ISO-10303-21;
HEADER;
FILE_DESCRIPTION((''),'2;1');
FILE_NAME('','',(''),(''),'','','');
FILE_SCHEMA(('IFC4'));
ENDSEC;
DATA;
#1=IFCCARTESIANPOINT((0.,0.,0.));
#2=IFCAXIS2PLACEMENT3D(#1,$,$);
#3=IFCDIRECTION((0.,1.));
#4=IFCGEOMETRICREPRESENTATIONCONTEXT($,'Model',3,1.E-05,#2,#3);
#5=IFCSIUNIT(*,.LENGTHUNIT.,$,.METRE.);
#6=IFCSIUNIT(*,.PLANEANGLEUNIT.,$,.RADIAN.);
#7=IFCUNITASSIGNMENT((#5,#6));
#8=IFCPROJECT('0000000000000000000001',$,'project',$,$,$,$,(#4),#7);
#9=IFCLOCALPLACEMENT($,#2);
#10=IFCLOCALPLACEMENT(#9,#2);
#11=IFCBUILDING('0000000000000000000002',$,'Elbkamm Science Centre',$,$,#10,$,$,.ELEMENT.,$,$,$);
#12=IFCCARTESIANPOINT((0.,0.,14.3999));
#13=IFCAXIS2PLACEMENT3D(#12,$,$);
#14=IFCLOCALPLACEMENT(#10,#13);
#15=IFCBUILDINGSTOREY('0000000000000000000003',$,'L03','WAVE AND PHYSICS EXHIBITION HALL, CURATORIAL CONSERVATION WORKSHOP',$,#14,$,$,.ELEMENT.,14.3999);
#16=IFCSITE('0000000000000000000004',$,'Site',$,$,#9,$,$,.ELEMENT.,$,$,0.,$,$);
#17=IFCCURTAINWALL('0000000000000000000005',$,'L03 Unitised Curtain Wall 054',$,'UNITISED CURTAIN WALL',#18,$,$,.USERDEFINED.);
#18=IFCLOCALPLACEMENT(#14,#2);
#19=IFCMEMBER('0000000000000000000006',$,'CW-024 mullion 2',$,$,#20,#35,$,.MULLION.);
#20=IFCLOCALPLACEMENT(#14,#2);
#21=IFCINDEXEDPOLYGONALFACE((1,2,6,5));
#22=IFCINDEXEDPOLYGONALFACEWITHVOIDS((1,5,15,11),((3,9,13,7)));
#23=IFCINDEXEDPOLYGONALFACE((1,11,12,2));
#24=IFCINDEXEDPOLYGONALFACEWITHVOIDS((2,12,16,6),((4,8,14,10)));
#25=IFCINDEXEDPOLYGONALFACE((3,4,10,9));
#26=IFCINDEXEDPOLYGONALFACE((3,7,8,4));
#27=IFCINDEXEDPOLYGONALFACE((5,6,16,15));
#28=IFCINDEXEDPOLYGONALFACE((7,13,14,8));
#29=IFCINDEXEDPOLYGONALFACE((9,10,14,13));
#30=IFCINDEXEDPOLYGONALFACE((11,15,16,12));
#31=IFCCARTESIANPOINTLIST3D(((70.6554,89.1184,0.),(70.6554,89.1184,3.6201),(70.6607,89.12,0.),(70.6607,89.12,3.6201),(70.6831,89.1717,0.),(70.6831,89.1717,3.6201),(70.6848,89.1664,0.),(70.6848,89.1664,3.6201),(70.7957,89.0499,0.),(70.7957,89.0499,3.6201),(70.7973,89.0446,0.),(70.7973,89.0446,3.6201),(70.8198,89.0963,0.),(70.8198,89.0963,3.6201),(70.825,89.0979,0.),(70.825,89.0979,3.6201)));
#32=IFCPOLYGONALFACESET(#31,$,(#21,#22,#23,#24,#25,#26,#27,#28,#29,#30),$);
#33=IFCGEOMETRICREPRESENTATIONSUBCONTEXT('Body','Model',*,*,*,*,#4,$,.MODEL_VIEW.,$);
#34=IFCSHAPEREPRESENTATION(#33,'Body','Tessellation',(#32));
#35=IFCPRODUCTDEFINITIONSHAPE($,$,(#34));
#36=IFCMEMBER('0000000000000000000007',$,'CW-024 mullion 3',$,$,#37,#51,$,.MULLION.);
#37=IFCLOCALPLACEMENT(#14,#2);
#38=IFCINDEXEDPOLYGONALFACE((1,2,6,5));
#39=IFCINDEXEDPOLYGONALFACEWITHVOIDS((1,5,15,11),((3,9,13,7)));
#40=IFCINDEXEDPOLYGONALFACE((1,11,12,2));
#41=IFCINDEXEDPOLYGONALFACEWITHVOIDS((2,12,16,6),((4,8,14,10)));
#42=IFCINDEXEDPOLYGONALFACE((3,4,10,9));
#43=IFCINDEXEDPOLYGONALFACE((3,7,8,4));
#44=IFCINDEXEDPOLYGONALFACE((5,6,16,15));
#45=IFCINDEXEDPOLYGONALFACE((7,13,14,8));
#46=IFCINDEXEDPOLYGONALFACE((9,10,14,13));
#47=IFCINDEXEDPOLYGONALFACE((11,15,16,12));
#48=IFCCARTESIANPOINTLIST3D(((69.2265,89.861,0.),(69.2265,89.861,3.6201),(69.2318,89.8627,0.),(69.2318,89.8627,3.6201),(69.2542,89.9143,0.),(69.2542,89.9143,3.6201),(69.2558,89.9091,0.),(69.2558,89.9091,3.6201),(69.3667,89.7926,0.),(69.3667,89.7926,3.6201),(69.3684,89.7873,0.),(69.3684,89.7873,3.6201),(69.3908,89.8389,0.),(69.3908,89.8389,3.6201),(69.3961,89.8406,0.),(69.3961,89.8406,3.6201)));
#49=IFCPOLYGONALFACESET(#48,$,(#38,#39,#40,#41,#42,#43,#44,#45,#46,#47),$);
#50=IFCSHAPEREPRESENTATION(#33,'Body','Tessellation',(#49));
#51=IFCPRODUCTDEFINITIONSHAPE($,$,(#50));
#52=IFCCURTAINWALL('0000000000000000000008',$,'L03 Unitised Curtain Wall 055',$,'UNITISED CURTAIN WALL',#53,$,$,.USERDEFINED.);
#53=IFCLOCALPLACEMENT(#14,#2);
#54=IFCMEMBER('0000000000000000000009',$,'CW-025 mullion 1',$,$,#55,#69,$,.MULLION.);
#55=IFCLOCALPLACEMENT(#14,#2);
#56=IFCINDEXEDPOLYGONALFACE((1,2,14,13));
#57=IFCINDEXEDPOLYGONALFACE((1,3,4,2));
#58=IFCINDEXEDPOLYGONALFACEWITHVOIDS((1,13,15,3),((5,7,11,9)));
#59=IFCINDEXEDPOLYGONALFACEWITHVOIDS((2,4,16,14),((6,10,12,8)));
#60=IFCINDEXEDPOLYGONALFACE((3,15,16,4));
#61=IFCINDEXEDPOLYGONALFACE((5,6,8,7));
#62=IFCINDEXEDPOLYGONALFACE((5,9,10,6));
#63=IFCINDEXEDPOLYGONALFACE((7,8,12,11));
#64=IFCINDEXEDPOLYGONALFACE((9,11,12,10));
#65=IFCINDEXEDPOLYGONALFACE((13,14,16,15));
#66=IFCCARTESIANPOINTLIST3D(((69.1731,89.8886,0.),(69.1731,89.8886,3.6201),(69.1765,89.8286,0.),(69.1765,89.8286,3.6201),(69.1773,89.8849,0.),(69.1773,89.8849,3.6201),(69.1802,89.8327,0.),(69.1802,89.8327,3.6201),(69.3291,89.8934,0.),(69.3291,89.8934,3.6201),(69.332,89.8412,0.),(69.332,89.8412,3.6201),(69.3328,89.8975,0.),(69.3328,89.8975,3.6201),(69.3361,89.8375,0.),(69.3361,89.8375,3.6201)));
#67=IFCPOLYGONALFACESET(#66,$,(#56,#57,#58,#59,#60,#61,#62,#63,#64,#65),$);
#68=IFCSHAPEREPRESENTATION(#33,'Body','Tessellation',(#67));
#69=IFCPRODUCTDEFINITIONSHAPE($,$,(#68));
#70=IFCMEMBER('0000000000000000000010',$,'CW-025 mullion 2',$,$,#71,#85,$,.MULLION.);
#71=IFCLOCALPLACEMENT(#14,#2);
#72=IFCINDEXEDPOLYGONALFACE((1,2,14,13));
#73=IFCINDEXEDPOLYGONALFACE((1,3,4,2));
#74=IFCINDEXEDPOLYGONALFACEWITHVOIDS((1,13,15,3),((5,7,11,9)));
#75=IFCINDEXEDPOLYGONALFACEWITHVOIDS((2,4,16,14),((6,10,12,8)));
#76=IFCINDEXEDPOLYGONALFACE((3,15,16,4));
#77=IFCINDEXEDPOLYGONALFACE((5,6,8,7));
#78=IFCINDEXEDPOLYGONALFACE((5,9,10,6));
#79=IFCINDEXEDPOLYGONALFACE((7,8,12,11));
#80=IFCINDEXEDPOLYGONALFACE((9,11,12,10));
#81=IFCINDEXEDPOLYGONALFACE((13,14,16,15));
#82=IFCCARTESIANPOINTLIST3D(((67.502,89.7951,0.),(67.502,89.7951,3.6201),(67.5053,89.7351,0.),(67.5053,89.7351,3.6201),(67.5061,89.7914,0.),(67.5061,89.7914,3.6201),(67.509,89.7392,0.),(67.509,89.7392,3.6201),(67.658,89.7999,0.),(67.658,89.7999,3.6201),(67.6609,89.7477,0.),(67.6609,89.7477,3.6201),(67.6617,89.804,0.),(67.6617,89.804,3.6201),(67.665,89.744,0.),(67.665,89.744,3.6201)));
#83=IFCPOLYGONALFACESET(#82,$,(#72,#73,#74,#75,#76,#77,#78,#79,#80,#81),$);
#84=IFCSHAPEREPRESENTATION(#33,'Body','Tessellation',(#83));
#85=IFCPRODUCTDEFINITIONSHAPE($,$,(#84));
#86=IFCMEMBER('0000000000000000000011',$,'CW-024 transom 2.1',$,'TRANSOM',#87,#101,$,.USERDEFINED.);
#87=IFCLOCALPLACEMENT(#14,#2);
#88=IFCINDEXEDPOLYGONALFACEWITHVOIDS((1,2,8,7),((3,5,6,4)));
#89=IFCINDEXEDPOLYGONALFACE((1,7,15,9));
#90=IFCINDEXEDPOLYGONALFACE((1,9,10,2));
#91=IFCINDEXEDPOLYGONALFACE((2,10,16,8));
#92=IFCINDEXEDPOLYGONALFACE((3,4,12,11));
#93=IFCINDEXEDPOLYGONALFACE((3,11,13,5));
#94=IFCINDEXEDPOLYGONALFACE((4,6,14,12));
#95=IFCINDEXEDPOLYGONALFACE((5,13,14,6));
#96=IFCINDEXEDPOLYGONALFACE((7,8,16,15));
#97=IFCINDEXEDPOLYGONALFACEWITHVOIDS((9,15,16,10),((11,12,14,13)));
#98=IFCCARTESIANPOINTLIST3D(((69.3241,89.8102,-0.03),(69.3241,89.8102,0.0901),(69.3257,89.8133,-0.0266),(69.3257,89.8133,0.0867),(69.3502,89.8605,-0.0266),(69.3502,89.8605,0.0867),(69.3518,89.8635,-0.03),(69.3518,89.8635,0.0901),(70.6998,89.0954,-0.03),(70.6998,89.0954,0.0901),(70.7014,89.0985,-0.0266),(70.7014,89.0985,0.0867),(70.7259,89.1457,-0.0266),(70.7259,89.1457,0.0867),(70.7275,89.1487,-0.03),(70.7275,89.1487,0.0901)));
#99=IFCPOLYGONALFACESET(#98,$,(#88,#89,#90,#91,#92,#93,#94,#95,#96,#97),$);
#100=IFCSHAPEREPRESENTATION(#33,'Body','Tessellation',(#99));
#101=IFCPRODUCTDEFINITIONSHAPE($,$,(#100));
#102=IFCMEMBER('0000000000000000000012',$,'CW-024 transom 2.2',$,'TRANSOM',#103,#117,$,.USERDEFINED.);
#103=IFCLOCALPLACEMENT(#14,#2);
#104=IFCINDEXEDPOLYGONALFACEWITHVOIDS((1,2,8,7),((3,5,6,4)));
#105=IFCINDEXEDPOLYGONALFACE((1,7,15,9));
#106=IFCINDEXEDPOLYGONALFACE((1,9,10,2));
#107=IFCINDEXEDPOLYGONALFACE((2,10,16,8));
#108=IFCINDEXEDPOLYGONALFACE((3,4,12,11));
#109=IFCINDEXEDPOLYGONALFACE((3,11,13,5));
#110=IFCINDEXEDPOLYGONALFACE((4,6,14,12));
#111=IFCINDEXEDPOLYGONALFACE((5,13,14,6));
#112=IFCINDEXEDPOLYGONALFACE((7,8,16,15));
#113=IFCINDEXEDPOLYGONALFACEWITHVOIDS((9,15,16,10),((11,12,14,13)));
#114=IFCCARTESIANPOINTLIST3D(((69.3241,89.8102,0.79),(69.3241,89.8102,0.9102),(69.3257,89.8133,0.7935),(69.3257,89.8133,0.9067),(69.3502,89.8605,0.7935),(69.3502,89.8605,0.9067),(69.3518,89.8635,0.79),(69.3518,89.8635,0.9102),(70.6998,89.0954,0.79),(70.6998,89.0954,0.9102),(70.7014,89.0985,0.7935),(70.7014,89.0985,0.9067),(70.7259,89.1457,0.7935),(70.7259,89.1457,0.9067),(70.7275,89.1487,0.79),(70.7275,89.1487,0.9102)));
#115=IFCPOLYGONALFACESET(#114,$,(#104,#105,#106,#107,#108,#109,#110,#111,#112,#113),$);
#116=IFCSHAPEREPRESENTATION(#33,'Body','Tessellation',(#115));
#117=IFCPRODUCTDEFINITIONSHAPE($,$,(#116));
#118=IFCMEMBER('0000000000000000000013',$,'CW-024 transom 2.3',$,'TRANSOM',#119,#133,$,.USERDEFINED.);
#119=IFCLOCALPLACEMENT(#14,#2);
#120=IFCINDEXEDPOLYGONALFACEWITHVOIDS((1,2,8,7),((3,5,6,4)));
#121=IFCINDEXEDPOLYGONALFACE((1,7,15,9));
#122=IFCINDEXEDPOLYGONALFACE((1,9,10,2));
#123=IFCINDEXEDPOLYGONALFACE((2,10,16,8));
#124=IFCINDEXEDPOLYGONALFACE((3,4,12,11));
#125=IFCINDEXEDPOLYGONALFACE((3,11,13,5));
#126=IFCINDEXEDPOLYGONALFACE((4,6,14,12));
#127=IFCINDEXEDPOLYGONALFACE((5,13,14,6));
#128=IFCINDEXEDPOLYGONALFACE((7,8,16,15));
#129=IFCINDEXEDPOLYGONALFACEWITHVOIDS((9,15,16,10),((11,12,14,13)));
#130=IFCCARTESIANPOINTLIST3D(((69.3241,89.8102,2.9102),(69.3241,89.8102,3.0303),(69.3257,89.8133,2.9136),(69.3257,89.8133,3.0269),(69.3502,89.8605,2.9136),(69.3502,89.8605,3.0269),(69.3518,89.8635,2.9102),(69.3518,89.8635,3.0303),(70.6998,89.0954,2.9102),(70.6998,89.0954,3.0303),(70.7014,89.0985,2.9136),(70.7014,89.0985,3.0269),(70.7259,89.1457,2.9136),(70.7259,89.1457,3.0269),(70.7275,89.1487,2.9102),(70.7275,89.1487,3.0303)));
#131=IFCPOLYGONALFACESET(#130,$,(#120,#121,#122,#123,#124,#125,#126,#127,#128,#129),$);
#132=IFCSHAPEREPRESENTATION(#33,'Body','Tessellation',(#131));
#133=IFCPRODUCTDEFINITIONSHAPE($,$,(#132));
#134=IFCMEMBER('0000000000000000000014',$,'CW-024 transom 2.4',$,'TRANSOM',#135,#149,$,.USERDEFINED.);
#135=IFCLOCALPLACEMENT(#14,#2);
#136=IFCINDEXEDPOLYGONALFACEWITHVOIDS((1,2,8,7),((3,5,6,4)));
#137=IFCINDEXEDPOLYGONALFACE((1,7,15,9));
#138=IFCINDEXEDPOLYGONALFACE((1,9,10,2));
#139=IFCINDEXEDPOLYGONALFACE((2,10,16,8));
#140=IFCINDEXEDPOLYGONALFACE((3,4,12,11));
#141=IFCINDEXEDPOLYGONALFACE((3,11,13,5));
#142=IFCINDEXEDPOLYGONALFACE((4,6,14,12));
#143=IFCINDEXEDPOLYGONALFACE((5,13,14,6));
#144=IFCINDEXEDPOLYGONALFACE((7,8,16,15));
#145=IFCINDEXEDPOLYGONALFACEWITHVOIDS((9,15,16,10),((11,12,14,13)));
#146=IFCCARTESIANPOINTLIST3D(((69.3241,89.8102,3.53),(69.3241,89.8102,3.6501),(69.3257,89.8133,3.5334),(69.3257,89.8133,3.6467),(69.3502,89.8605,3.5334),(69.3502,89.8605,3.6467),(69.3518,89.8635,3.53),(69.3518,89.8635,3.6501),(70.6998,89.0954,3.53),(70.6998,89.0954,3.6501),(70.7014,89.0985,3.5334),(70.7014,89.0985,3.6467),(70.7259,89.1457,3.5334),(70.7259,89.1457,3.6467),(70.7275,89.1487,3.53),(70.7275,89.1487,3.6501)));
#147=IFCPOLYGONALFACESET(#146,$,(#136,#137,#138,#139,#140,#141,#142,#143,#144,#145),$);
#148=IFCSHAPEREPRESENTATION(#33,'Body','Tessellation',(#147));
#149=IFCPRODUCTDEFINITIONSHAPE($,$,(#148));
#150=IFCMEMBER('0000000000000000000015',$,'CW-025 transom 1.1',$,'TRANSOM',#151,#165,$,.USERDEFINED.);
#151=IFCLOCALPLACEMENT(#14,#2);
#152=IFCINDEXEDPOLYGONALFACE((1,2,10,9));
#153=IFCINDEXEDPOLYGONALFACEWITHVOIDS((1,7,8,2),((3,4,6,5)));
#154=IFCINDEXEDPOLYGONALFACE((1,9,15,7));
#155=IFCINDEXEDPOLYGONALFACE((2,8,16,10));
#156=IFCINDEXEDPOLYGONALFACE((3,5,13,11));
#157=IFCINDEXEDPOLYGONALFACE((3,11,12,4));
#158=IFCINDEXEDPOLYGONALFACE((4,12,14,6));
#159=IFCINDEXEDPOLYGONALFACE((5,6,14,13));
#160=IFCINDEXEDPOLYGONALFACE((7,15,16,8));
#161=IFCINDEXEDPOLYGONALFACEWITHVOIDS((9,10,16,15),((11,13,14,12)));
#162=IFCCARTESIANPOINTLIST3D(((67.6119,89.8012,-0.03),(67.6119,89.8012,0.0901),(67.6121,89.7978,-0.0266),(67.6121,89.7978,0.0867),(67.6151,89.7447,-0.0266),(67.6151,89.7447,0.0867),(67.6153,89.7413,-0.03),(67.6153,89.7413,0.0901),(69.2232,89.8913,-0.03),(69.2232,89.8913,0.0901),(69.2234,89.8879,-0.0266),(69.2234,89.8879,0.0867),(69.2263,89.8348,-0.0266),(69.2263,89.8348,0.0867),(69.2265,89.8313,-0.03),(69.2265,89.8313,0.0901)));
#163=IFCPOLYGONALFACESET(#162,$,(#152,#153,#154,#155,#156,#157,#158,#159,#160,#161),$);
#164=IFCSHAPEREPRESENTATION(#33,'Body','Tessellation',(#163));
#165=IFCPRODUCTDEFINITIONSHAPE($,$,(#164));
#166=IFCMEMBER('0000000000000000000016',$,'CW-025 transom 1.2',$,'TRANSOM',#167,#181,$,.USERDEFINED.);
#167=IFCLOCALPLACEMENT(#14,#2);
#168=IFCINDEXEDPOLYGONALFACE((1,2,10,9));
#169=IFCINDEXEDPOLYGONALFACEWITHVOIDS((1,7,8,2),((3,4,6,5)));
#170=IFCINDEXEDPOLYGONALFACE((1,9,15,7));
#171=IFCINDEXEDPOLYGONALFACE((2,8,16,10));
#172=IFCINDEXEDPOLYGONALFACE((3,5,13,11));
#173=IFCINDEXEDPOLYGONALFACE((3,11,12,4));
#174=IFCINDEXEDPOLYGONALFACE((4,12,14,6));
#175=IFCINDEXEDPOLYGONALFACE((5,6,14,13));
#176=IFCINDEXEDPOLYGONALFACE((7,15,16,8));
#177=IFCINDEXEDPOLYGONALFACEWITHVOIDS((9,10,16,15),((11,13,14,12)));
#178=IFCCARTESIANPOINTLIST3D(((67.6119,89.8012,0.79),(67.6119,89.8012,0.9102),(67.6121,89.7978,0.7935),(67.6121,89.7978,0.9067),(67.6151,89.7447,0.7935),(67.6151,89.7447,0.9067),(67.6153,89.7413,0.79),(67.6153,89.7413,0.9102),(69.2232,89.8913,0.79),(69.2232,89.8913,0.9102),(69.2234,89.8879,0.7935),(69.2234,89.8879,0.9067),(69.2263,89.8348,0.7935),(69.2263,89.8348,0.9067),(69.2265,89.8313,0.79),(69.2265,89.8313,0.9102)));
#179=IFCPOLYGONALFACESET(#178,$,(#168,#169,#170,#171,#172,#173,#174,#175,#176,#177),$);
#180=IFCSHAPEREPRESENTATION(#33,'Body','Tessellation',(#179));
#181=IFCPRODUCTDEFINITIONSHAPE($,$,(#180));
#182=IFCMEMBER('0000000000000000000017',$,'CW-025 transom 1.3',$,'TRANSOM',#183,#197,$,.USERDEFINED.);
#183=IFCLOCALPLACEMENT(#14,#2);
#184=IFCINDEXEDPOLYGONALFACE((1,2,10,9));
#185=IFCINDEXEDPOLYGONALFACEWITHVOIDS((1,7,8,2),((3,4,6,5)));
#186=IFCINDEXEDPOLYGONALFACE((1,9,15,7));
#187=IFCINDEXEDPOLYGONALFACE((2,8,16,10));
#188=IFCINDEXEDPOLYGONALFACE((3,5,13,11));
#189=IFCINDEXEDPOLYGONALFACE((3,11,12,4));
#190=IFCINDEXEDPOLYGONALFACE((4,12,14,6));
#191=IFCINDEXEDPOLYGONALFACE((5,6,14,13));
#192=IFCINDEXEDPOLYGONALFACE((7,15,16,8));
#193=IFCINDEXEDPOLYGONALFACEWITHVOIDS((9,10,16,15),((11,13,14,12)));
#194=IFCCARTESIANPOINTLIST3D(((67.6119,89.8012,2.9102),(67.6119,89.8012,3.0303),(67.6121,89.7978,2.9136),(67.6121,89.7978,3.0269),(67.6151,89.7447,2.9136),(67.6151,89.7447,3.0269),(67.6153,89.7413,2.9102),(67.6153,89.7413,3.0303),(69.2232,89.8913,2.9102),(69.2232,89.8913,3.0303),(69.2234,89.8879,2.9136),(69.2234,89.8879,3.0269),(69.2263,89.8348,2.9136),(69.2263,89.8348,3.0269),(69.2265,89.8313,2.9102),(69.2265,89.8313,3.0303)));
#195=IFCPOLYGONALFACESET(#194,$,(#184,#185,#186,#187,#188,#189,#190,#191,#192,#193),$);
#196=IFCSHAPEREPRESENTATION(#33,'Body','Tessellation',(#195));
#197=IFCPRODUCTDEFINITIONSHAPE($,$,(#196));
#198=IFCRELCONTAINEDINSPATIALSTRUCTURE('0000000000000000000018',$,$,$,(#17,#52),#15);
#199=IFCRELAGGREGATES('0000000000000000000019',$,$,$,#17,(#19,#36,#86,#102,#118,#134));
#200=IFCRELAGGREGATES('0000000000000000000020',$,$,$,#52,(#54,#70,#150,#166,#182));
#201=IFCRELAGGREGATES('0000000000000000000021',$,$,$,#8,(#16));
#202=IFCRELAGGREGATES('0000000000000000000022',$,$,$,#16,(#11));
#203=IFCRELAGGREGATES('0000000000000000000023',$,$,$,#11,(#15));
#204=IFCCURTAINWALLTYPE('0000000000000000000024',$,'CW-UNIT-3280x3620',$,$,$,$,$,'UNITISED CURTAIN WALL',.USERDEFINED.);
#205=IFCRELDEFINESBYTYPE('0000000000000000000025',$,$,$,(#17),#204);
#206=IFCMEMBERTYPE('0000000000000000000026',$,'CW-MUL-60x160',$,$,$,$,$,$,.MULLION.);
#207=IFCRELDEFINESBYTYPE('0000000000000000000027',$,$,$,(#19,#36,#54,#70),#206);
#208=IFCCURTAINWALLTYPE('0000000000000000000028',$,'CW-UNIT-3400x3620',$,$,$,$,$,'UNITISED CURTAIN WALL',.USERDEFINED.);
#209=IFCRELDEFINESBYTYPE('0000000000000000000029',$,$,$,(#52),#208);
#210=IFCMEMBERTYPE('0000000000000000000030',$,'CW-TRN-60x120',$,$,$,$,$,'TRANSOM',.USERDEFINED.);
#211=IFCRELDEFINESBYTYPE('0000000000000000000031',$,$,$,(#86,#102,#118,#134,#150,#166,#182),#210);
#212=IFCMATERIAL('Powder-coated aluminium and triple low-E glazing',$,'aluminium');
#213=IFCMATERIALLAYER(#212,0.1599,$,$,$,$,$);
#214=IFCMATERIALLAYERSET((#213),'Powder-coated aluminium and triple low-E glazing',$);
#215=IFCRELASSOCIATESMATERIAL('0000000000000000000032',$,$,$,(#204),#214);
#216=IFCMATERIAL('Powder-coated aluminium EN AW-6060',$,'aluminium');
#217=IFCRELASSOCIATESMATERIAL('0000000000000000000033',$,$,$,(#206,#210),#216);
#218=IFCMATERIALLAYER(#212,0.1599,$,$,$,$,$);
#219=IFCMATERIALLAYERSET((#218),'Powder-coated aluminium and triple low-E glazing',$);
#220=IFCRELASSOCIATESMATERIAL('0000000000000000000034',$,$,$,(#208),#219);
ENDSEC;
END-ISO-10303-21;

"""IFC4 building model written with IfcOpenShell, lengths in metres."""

from ifc_helpers import new_model, si_unit, direction, frame, origin, origin_2d, place, context, subcontext, project, spatial, hollow_rectangle, extrude, material, layer, layer_set, material_profile, profile_set, type_object, element, aggregate, save


model = new_model("IFC4")

# Units and contexts
model_context = context("Model", 3, precision=1e-05, world=origin(), true_north=direction((0.0, 1.0)))
body_context = subcontext(model_context, "Body", "Model", "MODEL_VIEW")
ifc_project = project(units=[si_unit("LENGTHUNIT", "METRE"), si_unit("PLANEANGLEUNIT", "RADIAN")], contexts=[model_context])

# Site, building, storey
site_placement = place(None, origin())
site = spatial("IfcSite", under=ifc_project, at=site_placement, Name="Site", CompositionType="ELEMENT", RefElevation=0.0)
building_placement = place(site_placement, origin())
building = spatial("IfcBuilding", under=site, at=building_placement, Name="Elbkamm Science Centre", CompositionType="ELEMENT")
storey_placement = place(building_placement, frame((0.0, 0.0, 14.3999)))
storey = spatial("IfcBuildingStorey", under=building, at=storey_placement, Name="L03", Description="WAVE AND PHYSICS EXHIBITION HALL, CURATORIAL CONSERVATION WORKSHOP", CompositionType="ELEMENT", Elevation=14.3999)

# Curtain walls, members
ifc_material_1 = material(Name="Powder-coated aluminium and triple low-E glazing", Category="aluminium")
ifc_layer_1 = layer(ifc_material_1, 0.1599)
ifc_layer_set_1 = layer_set([ifc_layer_1], Name="Powder-coated aluminium and triple low-E glazing")
curtain_wall_type_1 = type_object("IfcCurtainWallType", Name="CW-UNIT-3280x3620", ElementType="UNITISED CURTAIN WALL", PredefinedType="USERDEFINED", material=ifc_layer_set_1)
curtain_wall_1_placement = place(storey_placement, origin())
curtain_wall_1 = element("IfcCurtainWall", 1, at=curtain_wall_1_placement, inside=storey, type_object=curtain_wall_type_1, Name="L03 Unitised Curtain Wall 054", ObjectType="UNITISED CURTAIN WALL", PredefinedType="USERDEFINED")
ifc_material_2 = material(Name="Powder-coated aluminium EN AW-6060", Category="aluminium")
ifc_material_profile_1 = material_profile(ifc_material_2, hollow_rectangle(XDim=0.0601, YDim=0.1599, WallThickness=0.0039, at=origin_2d()), Name="ALU M60x160")
ifc_profile_set_1 = profile_set([ifc_material_profile_1], Name="Powder-coated aluminium EN AW-6060")
member_type_1 = type_object("IfcMemberType", Name="CW-MUL-60x160", PredefinedType="MULLION", material=ifc_profile_set_1)
member_1_placement = place(storey_placement, frame((70.7402, 89.1082, 0.0), z_axis=(0.0, 0.0, 1.0), x_axis=(-0.461071, -0.887363, 0.0)))
member_1 = element("IfcMember", 2, at=member_1_placement, type_object=member_type_1, Name="CW-024 mullion 2", PredefinedType="MULLION", context=body_context, shape_type="SweptSolid", body=[
    extrude(hollow_rectangle(XDim=0.0601, YDim=0.1599, WallThickness=0.0039, at=origin_2d()), origin(), (0.0, 0.0, 1.0), 3.6201),
])
member_2_placement = place(storey_placement, frame((69.3113, 89.8508, 0.0), z_axis=(0.0, 0.0, 1.0), x_axis=(-0.461071, -0.887363, 0.0)))
member_2 = element("IfcMember", 3, at=member_2_placement, type_object=member_type_1, Name="CW-024 mullion 3", PredefinedType="MULLION", context=body_context, shape_type="SweptSolid", body=[
    extrude(hollow_rectangle(XDim=0.0601, YDim=0.1599, WallThickness=0.0039, at=origin_2d()), origin(), (0.0, 0.0, 1.0), 3.6201),
])
ifc_layer_2 = layer(ifc_material_1, 0.1599)
ifc_layer_set_2 = layer_set([ifc_layer_2], Name="Powder-coated aluminium and triple low-E glazing")
curtain_wall_type_2 = type_object("IfcCurtainWallType", Name="CW-UNIT-3400x3620", ElementType="UNITISED CURTAIN WALL", PredefinedType="USERDEFINED", material=ifc_layer_set_2)
curtain_wall_2_placement = place(storey_placement, origin())
curtain_wall_2 = element("IfcCurtainWall", 4, at=curtain_wall_2_placement, inside=storey, type_object=curtain_wall_type_2, Name="L03 Unitised Curtain Wall 055", ObjectType="UNITISED CURTAIN WALL", PredefinedType="USERDEFINED")
member_3_placement = place(storey_placement, frame((69.2546, 89.863, 0.0), z_axis=(0.0, 0.0, 1.0), x_axis=(0.055785, -0.998443, 0.0)))
member_3 = element("IfcMember", 5, at=member_3_placement, type_object=member_type_1, Name="CW-025 mullion 1", PredefinedType="MULLION", context=body_context, shape_type="SweptSolid", body=[
    extrude(hollow_rectangle(XDim=0.0601, YDim=0.1599, WallThickness=0.0039, at=origin_2d()), origin(), (0.0, 0.0, 1.0), 3.6201),
])
member_4_placement = place(storey_placement, frame((67.5835, 89.7695, 0.0), z_axis=(0.0, 0.0, 1.0), x_axis=(0.055785, -0.998443, 0.0)))
member_4 = element("IfcMember", 6, at=member_4_placement, type_object=member_type_1, Name="CW-025 mullion 2", PredefinedType="MULLION", context=body_context, shape_type="SweptSolid", body=[
    extrude(hollow_rectangle(XDim=0.0601, YDim=0.1599, WallThickness=0.0039, at=origin_2d()), origin(), (0.0, 0.0, 1.0), 3.6201),
])

# Members
ifc_material_profile_2 = material_profile(ifc_material_2, hollow_rectangle(XDim=0.0601, YDim=0.1201, WallThickness=0.0034, at=origin_2d()), Name="ALU T60x120")
ifc_profile_set_2 = profile_set([ifc_material_profile_2], Name="Powder-coated aluminium EN AW-6060")
member_type_2 = type_object("IfcMemberType", Name="CW-TRN-60x120", ElementType="TRANSOM", PredefinedType="USERDEFINED", material=ifc_profile_set_2)
member_5_placement = place(storey_placement, frame((70.7136, 89.1221, 0.03), z_axis=(-0.887359, 0.46108, 0.0), x_axis=(-0.46108, -0.887359, 0.0)))
member_5 = element("IfcMember", 7, at=member_5_placement, type_object=member_type_2, Name="CW-024 transom 2.1", ObjectType="TRANSOM", PredefinedType="USERDEFINED", context=body_context, shape_type="SweptSolid", body=[
    extrude(hollow_rectangle(XDim=0.0601, YDim=0.1201, WallThickness=0.0034, at=origin_2d()), origin(), (0.0, 0.0, 1.0), 1.5503),
])
member_6_placement = place(storey_placement, frame((70.7136, 89.1221, 0.8501), z_axis=(-0.887359, 0.46108, 0.0), x_axis=(-0.46108, -0.887359, 0.0)))
member_6 = element("IfcMember", 8, at=member_6_placement, type_object=member_type_2, Name="CW-024 transom 2.2", ObjectType="TRANSOM", PredefinedType="USERDEFINED", context=body_context, shape_type="SweptSolid", body=[
    extrude(hollow_rectangle(XDim=0.0601, YDim=0.1201, WallThickness=0.0034, at=origin_2d()), origin(), (0.0, 0.0, 1.0), 1.5503),
])
member_7_placement = place(storey_placement, frame((70.7136, 89.1221, 2.9702), z_axis=(-0.887359, 0.46108, 0.0), x_axis=(-0.46108, -0.887359, 0.0)))
member_7 = element("IfcMember", 9, at=member_7_placement, type_object=member_type_2, Name="CW-024 transom 2.3", ObjectType="TRANSOM", PredefinedType="USERDEFINED", context=body_context, shape_type="SweptSolid", body=[
    extrude(hollow_rectangle(XDim=0.0601, YDim=0.1201, WallThickness=0.0034, at=origin_2d()), origin(), (0.0, 0.0, 1.0), 1.5503),
])
member_8_placement = place(storey_placement, frame((70.7136, 89.1221, 3.5901), z_axis=(-0.887359, 0.46108, 0.0), x_axis=(-0.46108, -0.887359, 0.0)))
member_8 = element("IfcMember", 10, at=member_8_placement, type_object=member_type_2, Name="CW-024 transom 2.4", ObjectType="TRANSOM", PredefinedType="USERDEFINED", context=body_context, shape_type="SweptSolid", body=[
    extrude(hollow_rectangle(XDim=0.0601, YDim=0.1201, WallThickness=0.0034, at=origin_2d()), origin(), (0.0, 0.0, 1.0), 1.5503),
])
member_9_placement = place(storey_placement, frame((69.2249, 89.8613, 0.03), z_axis=(-0.998441, -0.055822, 0.0), x_axis=(0.055822, -0.998441, 0.0)))
member_9 = element("IfcMember", 11, at=member_9_placement, type_object=member_type_2, Name="CW-025 transom 1.1", ObjectType="TRANSOM", PredefinedType="USERDEFINED", context=body_context, shape_type="SweptSolid", body=[
    extrude(hollow_rectangle(XDim=0.0601, YDim=0.1201, WallThickness=0.0034, at=origin_2d()), origin(), (0.0, 0.0, 1.0), 1.6138),
])
member_10_placement = place(storey_placement, frame((69.2249, 89.8613, 0.8501), z_axis=(-0.998441, -0.055822, 0.0), x_axis=(0.055822, -0.998441, 0.0)))
member_10 = element("IfcMember", 12, at=member_10_placement, type_object=member_type_2, Name="CW-025 transom 1.2", ObjectType="TRANSOM", PredefinedType="USERDEFINED", context=body_context, shape_type="SweptSolid", body=[
    extrude(hollow_rectangle(XDim=0.0601, YDim=0.1201, WallThickness=0.0034, at=origin_2d()), origin(), (0.0, 0.0, 1.0), 1.6138),
])
member_11_placement = place(storey_placement, frame((69.2249, 89.8613, 2.9702), z_axis=(-0.998441, -0.055822, 0.0), x_axis=(0.055822, -0.998441, 0.0)))
member_11 = element("IfcMember", 13, at=member_11_placement, type_object=member_type_2, Name="CW-025 transom 1.3", ObjectType="TRANSOM", PredefinedType="USERDEFINED", context=body_context, shape_type="SweptSolid", body=[
    extrude(hollow_rectangle(XDim=0.0601, YDim=0.1201, WallThickness=0.0034, at=origin_2d()), origin(), (0.0, 0.0, 1.0), 1.6138),
])

aggregate(curtain_wall_1, [member_1, member_2, member_5, member_6, member_7, member_8])
aggregate(curtain_wall_2, [member_3, member_4, member_9, member_10, member_11])

save(model, "model.ifc")
